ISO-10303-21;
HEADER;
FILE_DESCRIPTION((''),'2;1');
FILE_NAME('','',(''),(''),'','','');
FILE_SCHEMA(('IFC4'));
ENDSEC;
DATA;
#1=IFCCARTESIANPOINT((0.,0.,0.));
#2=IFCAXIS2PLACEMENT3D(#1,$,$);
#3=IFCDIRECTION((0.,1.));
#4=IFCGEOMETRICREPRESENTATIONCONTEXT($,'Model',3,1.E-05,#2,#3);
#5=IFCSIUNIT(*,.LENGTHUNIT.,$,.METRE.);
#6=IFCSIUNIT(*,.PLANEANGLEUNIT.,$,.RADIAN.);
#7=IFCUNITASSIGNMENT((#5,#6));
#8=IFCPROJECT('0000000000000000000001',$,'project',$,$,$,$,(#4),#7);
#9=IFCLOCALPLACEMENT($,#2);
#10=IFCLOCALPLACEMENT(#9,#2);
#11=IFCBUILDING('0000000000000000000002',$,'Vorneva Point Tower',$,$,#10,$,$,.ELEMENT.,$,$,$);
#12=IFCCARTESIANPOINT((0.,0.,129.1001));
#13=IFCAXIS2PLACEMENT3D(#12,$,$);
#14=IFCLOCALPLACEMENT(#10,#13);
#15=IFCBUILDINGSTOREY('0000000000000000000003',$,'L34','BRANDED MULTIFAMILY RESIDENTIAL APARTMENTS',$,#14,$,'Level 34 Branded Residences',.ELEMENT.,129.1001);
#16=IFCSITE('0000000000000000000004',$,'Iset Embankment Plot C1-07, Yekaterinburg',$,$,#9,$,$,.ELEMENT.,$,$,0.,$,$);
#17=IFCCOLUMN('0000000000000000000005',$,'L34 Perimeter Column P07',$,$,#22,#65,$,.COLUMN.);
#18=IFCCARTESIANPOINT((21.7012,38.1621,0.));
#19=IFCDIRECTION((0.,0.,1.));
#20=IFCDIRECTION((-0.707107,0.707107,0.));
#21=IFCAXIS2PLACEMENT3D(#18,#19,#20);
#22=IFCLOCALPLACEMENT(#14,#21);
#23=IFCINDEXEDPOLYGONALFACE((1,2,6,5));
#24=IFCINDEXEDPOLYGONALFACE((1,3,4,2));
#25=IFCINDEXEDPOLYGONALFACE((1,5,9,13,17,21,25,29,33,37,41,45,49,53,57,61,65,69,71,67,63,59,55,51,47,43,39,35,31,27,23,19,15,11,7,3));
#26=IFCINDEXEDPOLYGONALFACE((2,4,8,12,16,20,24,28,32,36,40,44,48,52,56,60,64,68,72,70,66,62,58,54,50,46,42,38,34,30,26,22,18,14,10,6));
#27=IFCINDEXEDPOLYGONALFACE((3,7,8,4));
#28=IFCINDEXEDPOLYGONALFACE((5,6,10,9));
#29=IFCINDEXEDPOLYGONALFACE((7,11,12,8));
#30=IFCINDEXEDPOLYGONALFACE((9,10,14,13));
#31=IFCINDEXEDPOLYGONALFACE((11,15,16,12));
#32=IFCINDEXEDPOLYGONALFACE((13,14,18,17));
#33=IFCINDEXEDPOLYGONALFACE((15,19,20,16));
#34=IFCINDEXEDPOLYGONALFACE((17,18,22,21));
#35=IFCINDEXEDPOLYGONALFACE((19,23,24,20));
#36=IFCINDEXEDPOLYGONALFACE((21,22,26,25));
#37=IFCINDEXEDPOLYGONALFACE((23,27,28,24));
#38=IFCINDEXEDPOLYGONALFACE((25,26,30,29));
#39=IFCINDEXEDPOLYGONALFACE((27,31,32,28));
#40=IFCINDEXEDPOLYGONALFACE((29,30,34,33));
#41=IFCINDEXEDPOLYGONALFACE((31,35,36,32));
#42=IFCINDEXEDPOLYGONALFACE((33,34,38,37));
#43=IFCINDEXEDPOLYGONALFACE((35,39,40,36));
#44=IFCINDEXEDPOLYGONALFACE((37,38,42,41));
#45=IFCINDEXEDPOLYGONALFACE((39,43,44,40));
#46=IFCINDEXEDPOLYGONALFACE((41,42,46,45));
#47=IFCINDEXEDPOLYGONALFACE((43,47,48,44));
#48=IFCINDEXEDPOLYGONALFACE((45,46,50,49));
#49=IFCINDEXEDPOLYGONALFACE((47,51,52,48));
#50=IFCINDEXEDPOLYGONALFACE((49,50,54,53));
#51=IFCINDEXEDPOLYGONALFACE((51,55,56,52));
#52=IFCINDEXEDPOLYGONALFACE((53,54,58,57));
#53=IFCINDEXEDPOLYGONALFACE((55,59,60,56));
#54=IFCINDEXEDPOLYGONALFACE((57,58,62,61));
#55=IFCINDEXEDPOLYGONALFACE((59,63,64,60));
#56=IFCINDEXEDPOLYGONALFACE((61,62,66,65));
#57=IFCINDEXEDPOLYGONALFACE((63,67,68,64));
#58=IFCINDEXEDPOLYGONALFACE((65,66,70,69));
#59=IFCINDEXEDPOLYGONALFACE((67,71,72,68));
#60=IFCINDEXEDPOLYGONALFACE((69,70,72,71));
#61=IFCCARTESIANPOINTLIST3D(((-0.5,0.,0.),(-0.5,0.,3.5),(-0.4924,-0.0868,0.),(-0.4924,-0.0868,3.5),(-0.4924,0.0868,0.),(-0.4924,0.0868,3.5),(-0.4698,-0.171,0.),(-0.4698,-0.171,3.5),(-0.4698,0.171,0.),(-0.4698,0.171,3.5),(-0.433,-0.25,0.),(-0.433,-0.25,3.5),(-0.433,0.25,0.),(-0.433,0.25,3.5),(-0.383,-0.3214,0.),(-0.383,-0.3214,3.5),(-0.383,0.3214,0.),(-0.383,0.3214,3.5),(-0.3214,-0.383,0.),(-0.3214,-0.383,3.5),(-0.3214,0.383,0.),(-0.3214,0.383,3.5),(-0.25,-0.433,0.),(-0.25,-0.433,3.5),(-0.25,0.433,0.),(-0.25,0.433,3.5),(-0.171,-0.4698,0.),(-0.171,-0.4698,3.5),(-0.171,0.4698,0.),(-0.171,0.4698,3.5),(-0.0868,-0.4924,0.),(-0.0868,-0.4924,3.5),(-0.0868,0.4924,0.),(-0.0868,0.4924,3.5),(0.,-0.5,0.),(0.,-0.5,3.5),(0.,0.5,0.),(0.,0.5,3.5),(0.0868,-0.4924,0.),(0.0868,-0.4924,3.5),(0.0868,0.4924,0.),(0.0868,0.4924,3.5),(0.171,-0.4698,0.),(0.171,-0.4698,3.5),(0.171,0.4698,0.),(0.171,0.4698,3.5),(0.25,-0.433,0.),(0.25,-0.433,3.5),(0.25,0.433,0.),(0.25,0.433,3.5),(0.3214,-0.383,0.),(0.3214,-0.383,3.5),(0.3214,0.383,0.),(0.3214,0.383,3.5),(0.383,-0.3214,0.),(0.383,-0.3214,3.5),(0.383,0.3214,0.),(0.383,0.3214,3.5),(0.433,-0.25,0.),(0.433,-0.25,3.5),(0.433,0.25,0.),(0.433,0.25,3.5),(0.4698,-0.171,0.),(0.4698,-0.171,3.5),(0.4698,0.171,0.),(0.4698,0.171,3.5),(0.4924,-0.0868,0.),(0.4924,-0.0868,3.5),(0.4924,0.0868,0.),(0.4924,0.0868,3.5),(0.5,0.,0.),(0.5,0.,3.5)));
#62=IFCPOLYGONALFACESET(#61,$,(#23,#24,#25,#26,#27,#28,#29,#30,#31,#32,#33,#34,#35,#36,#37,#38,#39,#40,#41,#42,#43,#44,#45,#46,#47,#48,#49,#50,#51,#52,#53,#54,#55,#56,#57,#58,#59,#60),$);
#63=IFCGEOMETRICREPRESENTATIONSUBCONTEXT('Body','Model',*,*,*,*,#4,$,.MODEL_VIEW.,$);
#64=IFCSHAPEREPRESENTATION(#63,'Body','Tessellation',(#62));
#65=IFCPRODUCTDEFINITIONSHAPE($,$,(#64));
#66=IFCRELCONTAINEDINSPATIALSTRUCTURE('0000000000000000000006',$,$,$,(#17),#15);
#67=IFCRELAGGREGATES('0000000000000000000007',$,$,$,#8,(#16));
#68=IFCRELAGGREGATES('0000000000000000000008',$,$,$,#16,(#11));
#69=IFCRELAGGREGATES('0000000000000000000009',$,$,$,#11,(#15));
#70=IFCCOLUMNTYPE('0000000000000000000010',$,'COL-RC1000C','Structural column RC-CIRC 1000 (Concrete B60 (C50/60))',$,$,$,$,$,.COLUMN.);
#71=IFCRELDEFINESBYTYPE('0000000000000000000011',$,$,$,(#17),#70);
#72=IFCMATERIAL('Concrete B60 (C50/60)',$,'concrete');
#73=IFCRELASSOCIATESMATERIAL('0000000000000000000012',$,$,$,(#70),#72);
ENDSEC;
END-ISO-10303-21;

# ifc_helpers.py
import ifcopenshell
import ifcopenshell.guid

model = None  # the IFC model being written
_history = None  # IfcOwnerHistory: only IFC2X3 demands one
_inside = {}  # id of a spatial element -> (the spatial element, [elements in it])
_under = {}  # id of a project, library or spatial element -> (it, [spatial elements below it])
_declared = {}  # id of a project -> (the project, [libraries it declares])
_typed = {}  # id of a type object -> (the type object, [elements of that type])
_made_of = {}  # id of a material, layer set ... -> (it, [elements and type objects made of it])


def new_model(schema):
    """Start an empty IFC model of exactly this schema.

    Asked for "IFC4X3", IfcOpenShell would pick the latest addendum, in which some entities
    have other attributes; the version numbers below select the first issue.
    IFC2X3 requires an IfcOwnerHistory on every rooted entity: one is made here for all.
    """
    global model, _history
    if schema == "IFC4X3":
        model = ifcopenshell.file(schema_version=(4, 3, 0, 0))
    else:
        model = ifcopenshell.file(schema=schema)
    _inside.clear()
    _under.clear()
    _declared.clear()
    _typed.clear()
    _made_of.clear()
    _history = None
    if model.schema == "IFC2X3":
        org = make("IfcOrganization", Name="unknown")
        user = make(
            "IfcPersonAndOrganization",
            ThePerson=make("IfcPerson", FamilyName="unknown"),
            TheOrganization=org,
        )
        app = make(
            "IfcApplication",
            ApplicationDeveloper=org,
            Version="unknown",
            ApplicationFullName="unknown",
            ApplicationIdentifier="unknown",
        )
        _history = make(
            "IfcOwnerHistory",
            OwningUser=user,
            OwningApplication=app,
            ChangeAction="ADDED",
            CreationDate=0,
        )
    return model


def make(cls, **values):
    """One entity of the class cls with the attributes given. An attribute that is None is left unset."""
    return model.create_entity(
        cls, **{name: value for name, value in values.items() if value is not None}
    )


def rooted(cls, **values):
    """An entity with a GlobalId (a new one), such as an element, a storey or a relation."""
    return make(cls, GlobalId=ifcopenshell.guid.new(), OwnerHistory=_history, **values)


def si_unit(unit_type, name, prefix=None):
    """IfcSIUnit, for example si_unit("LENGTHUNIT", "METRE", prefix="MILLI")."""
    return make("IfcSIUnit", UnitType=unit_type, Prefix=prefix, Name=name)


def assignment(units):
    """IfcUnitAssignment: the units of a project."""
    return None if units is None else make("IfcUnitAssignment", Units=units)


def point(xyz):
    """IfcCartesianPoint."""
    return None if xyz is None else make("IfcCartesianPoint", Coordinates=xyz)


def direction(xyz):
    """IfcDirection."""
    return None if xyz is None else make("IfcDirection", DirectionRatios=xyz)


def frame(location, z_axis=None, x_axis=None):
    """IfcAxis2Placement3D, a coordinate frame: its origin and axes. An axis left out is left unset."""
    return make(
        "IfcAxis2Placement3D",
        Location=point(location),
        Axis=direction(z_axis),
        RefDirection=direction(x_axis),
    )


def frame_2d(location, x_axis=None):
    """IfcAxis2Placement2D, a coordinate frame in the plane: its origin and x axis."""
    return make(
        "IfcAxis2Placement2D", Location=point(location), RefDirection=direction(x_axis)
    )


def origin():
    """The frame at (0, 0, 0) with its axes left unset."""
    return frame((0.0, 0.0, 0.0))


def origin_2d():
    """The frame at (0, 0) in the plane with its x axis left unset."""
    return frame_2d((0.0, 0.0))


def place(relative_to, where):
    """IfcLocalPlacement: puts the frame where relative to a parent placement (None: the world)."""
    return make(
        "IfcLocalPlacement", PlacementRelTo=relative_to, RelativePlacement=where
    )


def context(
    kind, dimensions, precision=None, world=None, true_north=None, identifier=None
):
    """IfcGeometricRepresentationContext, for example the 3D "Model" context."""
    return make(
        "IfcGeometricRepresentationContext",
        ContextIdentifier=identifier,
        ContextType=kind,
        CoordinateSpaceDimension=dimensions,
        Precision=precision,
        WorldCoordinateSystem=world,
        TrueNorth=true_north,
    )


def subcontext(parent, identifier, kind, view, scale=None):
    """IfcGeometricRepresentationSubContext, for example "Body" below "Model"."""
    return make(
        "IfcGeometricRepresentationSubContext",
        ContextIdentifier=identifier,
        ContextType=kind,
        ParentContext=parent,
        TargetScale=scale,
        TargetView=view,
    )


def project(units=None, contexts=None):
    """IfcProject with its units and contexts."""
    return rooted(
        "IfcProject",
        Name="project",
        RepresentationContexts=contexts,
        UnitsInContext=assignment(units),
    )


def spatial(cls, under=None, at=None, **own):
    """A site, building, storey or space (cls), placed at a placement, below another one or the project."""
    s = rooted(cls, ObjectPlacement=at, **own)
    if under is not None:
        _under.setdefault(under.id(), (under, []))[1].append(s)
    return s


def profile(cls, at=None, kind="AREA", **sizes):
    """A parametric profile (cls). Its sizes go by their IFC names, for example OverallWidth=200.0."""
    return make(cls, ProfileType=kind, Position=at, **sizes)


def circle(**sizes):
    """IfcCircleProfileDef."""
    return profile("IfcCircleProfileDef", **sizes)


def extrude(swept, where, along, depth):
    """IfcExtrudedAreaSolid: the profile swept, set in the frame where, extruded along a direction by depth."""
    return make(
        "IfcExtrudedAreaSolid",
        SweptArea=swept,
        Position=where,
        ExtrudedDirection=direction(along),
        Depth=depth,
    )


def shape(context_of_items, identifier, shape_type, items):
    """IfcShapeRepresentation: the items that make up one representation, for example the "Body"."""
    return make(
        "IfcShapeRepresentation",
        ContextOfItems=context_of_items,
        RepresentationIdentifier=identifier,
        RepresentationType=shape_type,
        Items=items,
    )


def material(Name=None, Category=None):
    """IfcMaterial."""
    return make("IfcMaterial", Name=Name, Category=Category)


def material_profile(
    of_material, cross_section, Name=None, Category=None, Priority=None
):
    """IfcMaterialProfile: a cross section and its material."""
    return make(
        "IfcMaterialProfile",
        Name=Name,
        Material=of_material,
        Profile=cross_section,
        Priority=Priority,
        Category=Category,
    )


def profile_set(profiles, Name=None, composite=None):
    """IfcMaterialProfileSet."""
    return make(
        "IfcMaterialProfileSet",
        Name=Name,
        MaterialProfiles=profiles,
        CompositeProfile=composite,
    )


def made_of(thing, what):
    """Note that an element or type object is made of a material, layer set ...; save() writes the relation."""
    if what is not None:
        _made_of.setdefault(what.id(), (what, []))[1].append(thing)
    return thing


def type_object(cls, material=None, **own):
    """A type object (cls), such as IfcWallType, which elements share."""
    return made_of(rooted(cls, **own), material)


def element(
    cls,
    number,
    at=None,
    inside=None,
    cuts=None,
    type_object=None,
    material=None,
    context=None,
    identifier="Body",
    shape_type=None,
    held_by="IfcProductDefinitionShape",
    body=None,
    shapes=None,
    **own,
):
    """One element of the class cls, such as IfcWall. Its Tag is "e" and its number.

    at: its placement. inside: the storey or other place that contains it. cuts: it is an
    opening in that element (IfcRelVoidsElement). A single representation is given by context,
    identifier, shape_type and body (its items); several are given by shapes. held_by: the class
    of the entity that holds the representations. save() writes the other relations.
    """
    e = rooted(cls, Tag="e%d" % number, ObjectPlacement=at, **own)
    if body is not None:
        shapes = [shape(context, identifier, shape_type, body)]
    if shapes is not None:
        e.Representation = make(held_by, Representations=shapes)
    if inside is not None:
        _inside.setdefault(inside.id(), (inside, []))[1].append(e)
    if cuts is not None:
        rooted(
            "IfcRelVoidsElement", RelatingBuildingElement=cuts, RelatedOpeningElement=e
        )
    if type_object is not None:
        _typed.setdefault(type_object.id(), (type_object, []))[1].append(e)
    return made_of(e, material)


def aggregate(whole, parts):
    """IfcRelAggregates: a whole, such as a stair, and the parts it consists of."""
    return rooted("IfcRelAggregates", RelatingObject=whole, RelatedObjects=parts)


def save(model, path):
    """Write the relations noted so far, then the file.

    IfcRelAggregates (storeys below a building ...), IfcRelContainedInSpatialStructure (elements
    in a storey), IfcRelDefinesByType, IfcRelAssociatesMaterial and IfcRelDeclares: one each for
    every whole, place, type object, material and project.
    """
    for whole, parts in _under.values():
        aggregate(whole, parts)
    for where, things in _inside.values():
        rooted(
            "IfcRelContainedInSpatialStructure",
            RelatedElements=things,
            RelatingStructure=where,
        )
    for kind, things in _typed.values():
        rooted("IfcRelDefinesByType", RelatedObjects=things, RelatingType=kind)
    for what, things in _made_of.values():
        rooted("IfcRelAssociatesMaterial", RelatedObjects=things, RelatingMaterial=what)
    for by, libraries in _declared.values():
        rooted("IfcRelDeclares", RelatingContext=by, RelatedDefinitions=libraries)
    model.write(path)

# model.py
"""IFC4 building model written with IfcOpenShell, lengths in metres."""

from ifc_helpers import new_model, si_unit, direction, frame, origin, origin_2d, place, context, subcontext, project, spatial, circle, extrude, material, material_profile, profile_set, type_object, element, save


model = new_model("IFC4")

# Units and contexts
model_context = context("Model", 3, precision=1e-05, world=origin(), true_north=direction((0.0, 1.0)))
body_context = subcontext(model_context, "Body", "Model", "MODEL_VIEW")
ifc_project = project(units=[si_unit("LENGTHUNIT", "METRE"), si_unit("PLANEANGLEUNIT", "RADIAN")], contexts=[model_context])

# Site, building, storey
site_placement = place(None, origin())
site = spatial("IfcSite", under=ifc_project, at=site_placement, Name="Iset Embankment Plot C1-07, Yekaterinburg", CompositionType="ELEMENT", RefElevation=0.0)
building_placement = place(site_placement, origin())
building = spatial("IfcBuilding", under=site, at=building_placement, Name="Vorneva Point Tower", CompositionType="ELEMENT")
storey_placement = place(building_placement, frame((0.0, 0.0, 129.1001)))
storey = spatial("IfcBuildingStorey", under=building, at=storey_placement, Name="L34", Description="BRANDED MULTIFAMILY RESIDENTIAL APARTMENTS", LongName="Level 34 Branded Residences", CompositionType="ELEMENT", Elevation=129.1001)

# Column
ifc_material_1 = material(Name="Concrete B60 (C50/60)", Category="concrete")
ifc_material_profile_1 = material_profile(ifc_material_1, circle(Radius=0.5, at=origin_2d()), Name="RC-CIRC 1000")
ifc_profile_set_1 = profile_set([ifc_material_profile_1], Name="Concrete B60 (C50/60)")
column_type_1 = type_object("IfcColumnType", Name="COL-RC1000C", Description="Structural column RC-CIRC 1000 (Concrete B60 (C50/60))", PredefinedType="COLUMN", material=ifc_profile_set_1)
for number, where, z_axis, x_axis, name in (
    (1, (21.7012, 38.1621, 0.0), (0.0, 0.0, 1.0), (-0.707107, 0.707107, 0.0), "L34 Perimeter Column P07"),
):
    element("IfcColumn", number, at=place(storey_placement, frame(where, z_axis=z_axis, x_axis=x_axis)), inside=storey, type_object=column_type_1, Name=name, PredefinedType="COLUMN", context=body_context, shape_type="SweptSolid", body=[
        extrude(circle(Radius=0.5, at=origin_2d()), origin(), (0.0, 0.0, 1.0), 3.5),
    ])

save(model, "model.ifc")
